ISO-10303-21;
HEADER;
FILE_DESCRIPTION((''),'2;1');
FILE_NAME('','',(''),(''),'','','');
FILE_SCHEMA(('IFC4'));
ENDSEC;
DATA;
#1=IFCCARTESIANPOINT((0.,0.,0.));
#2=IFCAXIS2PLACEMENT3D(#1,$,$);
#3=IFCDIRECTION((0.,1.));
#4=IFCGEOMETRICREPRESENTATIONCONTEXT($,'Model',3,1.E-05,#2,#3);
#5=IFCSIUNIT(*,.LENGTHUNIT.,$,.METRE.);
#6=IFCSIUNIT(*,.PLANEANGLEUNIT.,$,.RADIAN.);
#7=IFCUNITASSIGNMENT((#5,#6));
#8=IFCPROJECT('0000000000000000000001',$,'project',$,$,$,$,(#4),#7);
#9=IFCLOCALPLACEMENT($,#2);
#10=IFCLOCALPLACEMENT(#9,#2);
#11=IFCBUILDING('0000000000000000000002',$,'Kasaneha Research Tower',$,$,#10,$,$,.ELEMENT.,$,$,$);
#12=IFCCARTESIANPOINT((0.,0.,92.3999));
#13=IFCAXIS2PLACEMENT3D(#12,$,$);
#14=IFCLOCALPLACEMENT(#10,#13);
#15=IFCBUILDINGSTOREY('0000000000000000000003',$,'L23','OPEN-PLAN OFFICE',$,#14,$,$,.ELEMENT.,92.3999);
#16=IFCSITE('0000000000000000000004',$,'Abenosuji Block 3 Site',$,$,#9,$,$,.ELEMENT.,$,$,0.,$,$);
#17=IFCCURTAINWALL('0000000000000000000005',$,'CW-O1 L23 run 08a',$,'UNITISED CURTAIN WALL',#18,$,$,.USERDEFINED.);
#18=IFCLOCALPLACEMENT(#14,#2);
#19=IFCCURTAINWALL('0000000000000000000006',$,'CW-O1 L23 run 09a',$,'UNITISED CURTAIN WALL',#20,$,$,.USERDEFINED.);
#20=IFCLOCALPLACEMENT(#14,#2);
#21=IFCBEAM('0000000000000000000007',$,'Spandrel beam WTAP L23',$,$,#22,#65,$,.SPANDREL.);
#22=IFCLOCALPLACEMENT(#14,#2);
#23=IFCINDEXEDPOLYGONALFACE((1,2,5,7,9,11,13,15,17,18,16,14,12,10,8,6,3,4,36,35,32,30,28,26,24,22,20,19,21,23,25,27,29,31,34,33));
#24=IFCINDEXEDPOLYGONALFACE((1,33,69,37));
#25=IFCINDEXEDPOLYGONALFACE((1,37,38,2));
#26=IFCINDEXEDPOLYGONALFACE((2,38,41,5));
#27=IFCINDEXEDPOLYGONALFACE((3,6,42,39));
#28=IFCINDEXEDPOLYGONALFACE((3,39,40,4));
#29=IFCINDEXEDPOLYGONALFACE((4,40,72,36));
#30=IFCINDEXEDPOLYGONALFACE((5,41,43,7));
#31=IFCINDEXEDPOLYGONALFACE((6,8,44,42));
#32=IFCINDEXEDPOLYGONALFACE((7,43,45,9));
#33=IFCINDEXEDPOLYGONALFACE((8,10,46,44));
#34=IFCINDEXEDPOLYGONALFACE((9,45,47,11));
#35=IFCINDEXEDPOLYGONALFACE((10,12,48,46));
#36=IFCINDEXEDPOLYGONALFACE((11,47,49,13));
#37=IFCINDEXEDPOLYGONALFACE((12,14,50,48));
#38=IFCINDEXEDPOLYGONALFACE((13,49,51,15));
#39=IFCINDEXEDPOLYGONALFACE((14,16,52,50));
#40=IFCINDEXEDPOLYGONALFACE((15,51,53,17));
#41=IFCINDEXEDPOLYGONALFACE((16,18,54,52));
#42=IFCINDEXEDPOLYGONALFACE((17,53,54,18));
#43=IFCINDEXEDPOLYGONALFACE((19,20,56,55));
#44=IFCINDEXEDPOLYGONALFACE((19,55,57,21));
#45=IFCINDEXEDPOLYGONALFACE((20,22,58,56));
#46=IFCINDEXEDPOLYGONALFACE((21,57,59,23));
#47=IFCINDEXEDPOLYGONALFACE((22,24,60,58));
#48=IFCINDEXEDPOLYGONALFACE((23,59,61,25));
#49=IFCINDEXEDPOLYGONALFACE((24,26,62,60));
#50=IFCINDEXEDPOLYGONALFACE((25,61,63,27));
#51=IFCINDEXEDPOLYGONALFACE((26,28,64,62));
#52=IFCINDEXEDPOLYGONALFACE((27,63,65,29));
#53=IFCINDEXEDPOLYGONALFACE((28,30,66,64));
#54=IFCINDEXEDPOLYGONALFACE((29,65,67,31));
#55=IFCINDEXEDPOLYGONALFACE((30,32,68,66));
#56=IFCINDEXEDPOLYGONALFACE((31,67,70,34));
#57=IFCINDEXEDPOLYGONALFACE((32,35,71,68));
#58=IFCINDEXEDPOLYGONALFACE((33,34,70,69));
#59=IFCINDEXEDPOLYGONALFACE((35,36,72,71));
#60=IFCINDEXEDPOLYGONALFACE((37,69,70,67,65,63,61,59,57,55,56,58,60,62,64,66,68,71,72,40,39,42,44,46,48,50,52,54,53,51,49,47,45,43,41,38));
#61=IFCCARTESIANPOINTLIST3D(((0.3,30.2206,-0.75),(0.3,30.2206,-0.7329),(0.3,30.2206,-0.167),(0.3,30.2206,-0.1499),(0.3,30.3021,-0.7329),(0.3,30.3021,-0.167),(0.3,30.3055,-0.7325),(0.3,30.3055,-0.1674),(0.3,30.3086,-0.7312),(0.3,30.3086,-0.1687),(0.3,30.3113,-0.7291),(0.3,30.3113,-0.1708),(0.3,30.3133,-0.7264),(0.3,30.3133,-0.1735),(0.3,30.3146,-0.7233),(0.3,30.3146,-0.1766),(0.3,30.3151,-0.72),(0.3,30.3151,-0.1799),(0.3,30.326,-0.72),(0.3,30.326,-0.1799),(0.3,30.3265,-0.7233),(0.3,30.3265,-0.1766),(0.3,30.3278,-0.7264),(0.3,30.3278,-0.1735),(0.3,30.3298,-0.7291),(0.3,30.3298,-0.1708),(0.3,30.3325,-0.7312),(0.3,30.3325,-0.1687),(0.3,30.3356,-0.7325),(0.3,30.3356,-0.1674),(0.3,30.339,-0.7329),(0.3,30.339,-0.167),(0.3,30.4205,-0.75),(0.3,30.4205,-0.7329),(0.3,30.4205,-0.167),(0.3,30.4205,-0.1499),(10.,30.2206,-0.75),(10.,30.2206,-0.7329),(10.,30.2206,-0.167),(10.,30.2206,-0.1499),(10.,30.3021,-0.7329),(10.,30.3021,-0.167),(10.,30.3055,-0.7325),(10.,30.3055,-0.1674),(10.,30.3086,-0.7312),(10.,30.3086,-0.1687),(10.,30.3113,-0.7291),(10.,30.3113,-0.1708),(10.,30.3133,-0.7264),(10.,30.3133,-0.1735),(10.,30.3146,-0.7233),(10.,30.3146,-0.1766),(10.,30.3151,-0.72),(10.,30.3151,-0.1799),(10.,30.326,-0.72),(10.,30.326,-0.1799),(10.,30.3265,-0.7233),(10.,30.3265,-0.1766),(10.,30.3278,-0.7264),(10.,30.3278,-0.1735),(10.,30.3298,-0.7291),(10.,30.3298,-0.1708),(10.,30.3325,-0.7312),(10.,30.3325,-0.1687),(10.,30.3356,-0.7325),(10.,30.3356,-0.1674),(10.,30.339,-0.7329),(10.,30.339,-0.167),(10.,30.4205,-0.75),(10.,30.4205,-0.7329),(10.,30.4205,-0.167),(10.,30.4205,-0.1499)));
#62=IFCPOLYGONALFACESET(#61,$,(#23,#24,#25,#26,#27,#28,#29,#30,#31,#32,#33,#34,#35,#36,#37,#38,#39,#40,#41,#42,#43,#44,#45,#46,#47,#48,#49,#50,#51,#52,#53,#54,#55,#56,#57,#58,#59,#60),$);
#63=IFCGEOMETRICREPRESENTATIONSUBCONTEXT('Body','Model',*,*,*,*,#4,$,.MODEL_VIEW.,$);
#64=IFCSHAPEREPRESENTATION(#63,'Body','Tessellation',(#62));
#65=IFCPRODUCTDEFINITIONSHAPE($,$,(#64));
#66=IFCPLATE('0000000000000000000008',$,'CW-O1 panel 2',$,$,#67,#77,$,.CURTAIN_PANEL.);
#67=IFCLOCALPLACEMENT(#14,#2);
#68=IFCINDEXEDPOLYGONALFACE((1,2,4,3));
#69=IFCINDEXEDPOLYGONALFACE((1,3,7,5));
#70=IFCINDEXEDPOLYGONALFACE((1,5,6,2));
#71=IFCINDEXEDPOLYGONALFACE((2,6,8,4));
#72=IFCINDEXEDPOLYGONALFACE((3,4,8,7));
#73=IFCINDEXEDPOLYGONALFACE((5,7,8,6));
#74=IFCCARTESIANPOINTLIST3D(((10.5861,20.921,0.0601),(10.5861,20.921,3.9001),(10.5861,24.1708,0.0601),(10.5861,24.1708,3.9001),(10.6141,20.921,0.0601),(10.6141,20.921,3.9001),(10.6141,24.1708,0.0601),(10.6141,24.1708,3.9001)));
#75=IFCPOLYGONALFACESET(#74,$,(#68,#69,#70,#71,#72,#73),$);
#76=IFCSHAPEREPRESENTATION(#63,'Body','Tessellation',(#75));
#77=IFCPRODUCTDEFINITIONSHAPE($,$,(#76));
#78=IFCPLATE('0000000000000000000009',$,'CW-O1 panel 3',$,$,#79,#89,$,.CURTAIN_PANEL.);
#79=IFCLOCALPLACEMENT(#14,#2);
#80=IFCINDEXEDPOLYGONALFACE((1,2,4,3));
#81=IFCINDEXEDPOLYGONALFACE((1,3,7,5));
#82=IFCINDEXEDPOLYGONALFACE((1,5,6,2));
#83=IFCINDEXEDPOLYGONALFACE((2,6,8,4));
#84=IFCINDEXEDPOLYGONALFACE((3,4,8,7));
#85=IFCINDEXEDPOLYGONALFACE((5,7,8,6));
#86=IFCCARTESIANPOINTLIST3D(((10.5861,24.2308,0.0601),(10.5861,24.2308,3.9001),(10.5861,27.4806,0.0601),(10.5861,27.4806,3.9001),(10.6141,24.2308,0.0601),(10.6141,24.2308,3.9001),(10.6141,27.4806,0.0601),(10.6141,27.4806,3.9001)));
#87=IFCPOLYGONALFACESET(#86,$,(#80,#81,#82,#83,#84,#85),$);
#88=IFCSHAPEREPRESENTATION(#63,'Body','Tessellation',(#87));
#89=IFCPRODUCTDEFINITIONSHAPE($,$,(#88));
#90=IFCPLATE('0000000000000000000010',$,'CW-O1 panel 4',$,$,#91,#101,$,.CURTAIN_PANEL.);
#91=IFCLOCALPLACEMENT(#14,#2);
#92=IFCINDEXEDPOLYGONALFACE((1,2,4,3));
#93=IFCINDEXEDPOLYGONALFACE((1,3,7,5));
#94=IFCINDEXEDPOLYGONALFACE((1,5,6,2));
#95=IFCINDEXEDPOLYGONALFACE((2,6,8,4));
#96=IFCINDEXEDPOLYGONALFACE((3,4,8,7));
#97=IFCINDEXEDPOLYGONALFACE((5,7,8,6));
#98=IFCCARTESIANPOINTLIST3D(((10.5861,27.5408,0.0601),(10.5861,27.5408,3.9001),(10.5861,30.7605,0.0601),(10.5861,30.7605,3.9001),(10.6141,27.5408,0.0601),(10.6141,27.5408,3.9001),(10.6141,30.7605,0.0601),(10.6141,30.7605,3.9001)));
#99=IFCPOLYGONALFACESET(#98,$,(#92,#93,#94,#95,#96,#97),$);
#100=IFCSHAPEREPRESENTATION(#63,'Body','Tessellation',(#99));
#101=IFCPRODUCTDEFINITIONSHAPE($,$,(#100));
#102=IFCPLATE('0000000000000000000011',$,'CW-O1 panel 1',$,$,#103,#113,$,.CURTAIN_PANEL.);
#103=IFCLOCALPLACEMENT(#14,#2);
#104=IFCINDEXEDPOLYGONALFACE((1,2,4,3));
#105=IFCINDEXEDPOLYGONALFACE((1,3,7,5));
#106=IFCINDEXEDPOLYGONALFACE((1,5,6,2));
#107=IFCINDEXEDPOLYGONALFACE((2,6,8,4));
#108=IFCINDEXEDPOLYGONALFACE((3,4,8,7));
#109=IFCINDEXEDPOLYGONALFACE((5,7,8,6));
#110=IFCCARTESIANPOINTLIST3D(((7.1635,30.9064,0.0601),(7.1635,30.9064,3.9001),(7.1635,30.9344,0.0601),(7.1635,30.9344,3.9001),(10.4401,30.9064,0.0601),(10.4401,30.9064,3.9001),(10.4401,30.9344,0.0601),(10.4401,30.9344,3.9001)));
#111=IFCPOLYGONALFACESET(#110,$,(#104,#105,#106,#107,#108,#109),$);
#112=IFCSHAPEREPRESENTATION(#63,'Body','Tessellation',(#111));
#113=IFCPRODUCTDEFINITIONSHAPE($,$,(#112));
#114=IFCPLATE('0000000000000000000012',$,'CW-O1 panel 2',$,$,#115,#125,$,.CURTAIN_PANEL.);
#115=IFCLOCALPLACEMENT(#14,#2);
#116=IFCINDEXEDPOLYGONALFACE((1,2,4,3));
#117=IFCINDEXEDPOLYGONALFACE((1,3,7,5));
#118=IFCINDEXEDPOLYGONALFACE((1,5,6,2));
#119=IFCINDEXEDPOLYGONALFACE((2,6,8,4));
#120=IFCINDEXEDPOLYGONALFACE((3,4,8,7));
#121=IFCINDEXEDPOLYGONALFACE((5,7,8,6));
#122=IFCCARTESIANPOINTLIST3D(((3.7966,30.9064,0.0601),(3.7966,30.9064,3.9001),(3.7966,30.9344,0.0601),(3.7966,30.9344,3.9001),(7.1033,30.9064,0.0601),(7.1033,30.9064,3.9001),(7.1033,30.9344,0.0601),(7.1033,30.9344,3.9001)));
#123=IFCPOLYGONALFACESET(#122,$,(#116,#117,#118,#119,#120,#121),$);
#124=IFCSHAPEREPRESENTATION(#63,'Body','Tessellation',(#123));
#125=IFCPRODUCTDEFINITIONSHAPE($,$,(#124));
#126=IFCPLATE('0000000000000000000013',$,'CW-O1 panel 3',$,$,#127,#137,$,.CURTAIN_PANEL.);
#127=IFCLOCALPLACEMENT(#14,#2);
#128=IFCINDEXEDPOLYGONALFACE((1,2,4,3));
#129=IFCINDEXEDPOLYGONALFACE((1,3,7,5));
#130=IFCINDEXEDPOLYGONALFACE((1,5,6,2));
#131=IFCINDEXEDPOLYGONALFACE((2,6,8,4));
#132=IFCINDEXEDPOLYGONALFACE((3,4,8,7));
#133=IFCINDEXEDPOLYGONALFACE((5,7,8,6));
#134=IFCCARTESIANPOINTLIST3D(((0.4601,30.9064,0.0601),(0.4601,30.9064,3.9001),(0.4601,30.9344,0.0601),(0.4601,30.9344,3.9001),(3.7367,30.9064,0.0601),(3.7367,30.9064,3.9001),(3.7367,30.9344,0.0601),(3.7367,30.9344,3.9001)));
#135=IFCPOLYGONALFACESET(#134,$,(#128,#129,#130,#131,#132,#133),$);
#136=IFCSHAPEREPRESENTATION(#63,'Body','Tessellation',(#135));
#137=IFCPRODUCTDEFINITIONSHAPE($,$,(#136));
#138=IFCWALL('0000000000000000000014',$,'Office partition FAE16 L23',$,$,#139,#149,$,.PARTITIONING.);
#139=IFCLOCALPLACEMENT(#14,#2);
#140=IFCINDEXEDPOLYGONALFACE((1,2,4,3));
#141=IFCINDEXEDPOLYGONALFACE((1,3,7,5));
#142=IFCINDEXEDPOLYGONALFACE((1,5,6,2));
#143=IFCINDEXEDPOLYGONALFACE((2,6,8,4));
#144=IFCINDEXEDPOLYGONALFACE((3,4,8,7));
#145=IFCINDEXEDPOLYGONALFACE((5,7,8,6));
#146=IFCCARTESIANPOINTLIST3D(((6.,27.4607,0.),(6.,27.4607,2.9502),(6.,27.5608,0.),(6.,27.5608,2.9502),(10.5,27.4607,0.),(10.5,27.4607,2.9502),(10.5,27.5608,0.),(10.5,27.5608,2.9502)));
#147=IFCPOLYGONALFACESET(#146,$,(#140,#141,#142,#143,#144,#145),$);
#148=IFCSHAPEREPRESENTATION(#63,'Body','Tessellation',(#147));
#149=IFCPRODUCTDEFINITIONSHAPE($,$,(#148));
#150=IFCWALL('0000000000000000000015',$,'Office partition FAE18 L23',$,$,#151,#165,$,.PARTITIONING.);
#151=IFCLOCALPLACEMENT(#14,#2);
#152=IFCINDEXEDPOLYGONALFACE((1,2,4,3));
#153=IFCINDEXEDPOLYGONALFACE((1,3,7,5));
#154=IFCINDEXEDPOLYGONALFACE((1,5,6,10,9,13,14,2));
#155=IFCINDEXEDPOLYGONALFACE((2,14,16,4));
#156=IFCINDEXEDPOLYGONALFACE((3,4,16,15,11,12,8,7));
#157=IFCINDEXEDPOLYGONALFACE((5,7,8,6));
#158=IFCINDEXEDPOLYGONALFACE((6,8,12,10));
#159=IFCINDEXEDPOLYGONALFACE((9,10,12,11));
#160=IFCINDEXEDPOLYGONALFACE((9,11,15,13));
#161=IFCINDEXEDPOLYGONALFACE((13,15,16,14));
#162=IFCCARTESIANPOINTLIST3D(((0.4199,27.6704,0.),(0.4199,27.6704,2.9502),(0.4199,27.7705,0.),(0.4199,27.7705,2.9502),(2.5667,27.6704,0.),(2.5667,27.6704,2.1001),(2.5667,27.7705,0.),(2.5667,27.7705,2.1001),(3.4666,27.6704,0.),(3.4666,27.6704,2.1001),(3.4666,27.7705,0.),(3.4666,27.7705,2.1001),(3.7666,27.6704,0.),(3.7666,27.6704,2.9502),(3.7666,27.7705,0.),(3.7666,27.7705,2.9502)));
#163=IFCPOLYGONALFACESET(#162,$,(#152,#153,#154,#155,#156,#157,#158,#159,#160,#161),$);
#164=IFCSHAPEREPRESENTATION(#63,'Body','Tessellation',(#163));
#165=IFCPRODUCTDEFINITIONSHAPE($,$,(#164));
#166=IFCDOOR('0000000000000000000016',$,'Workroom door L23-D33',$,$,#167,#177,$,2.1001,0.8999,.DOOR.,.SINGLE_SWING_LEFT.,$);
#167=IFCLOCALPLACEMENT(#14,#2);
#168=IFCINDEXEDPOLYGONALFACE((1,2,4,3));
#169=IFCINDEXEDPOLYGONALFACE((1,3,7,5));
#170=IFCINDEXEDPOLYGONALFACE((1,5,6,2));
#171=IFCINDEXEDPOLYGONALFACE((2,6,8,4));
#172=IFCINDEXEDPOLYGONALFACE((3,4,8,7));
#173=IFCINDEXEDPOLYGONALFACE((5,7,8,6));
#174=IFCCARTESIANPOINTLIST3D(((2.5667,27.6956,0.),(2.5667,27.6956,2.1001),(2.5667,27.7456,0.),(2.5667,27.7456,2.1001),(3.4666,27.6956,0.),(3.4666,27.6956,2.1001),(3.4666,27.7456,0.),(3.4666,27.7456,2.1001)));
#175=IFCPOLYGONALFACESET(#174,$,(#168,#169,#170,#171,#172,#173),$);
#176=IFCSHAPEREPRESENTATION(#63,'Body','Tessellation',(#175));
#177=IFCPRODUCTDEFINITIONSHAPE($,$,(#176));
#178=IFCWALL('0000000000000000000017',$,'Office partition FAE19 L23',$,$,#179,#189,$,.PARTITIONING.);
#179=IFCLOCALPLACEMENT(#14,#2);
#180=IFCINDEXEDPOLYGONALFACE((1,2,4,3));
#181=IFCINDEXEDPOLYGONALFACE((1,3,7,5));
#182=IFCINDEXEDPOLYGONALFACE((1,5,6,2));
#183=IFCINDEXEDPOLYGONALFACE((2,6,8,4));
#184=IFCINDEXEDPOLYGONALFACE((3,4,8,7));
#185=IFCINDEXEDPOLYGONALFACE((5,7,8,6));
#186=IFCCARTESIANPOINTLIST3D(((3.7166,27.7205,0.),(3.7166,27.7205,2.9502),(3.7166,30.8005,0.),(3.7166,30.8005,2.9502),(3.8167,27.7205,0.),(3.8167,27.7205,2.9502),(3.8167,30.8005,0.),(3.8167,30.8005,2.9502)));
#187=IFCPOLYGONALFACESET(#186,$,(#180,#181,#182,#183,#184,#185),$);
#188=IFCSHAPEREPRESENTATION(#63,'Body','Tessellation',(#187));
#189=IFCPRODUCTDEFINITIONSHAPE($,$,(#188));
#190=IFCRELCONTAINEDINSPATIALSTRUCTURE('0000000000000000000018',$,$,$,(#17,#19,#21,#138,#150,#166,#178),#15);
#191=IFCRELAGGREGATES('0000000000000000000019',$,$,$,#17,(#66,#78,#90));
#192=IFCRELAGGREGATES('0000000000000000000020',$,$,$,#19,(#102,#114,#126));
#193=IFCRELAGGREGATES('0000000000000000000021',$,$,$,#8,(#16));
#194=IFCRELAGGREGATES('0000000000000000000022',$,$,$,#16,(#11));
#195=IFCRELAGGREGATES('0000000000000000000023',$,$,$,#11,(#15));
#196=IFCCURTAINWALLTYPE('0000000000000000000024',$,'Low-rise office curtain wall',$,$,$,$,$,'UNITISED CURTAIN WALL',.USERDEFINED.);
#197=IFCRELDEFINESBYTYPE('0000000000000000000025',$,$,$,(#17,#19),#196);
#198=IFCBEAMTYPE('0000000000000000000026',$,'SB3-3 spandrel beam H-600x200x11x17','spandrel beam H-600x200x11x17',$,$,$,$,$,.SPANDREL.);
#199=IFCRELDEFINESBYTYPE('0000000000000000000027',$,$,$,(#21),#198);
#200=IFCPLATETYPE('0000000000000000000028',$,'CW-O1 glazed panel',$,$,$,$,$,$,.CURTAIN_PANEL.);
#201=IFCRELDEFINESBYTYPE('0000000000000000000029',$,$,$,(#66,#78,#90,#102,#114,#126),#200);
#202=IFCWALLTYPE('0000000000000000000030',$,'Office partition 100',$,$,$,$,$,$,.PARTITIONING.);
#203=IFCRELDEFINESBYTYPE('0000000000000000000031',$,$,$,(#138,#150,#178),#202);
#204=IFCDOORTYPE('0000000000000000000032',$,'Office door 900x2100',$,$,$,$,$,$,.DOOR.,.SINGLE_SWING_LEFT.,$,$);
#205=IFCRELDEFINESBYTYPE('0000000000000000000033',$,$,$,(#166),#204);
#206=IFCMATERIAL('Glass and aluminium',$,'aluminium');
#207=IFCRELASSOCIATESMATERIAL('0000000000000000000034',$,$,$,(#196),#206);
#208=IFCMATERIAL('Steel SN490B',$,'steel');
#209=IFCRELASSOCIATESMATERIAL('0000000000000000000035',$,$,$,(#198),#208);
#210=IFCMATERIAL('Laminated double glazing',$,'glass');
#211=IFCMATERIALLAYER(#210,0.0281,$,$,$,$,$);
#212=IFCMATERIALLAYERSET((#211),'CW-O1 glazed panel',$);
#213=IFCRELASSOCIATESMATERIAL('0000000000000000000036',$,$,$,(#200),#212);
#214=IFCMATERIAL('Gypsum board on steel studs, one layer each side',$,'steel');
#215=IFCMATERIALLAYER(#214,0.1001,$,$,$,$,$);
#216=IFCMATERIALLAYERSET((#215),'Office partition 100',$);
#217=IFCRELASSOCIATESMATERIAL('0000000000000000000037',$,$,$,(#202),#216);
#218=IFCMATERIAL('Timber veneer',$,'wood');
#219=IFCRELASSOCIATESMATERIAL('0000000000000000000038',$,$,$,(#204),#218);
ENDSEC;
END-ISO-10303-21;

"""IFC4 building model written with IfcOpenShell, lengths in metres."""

from ifc_helpers import new_model, si_unit, direction, frame, frame_2d, origin, origin_2d, place, context, subcontext, project, spatial, rectangle, i_section, extrude, material, layer, layer_set, material_profile, profile_set, type_object, element, fill, aggregate, save


model = new_model("IFC4")

# Units and contexts
model_context = context("Model", 3, precision=1e-05, world=origin(), true_north=direction((0.0, 1.0)))
body_context = subcontext(model_context, "Body", "Model", "MODEL_VIEW")
ifc_project = project(units=[si_unit("LENGTHUNIT", "METRE"), si_unit("PLANEANGLEUNIT", "RADIAN")], contexts=[model_context])

# Site, building, storey
site_placement = place(None, origin())
site = spatial("IfcSite", under=ifc_project, at=site_placement, Name="Abenosuji Block 3 Site", CompositionType="ELEMENT", RefElevation=0.0)
building_placement = place(site_placement, origin())
building = spatial("IfcBuilding", under=site, at=building_placement, Name="Kasaneha Research Tower", CompositionType="ELEMENT")
storey_placement = place(building_placement, frame((0.0, 0.0, 92.3999)))
storey = spatial("IfcBuildingStorey", under=building, at=storey_placement, Name="L23", Description="OPEN-PLAN OFFICE", CompositionType="ELEMENT", Elevation=92.3999)

# Curtain walls
ifc_material_1 = material(Name="Glass and aluminium", Category="aluminium")
curtain_wall_type = type_object("IfcCurtainWallType", Name="Low-rise office curtain wall", ElementType="UNITISED CURTAIN WALL", PredefinedType="USERDEFINED", material=ifc_material_1)
curtain_wall_1_placement = place(storey_placement, origin())
curtain_wall_1 = element("IfcCurtainWall", 1, at=curtain_wall_1_placement, inside=storey, type_object=curtain_wall_type, Name="CW-O1 L23 run 08a", ObjectType="UNITISED CURTAIN WALL", PredefinedType="USERDEFINED")
curtain_wall_2_placement = place(storey_placement, origin())
curtain_wall_2 = element("IfcCurtainWall", 2, at=curtain_wall_2_placement, inside=storey, type_object=curtain_wall_type, Name="CW-O1 L23 run 09a", ObjectType="UNITISED CURTAIN WALL", PredefinedType="USERDEFINED")

# Beam
ifc_material_2 = material(Name="Steel SN490B", Category="steel")
ifc_material_profile_1 = material_profile(ifc_material_2, i_section(OverallWidth=0.2, OverallDepth=0.6001, WebThickness=0.011, FlangeThickness=0.0171, FilletRadius=0.0129, at=origin_2d()), Name="H-600x200x11x17")
ifc_profile_set_1 = profile_set([ifc_material_profile_1], Name="Steel SN490B")
beam_type_1 = type_object("IfcBeamType", Name="SB3-3 spandrel beam H-600x200x11x17", Description="spandrel beam H-600x200x11x17", PredefinedType="SPANDREL", material=ifc_profile_set_1)
beam_1_placement = place(storey_placement, frame((10.0, 30.3206, -0.45), z_axis=(-1.0, 0.0, 0.0), x_axis=(0.0, -1.0, 0.0)))
element("IfcBeam", 3, at=beam_1_placement, inside=storey, type_object=beam_type_1, Name="Spandrel beam WTAP L23", PredefinedType="SPANDREL", context=body_context, shape_type="SweptSolid", body=[
    extrude(i_section(OverallWidth=0.2, OverallDepth=0.6001, WebThickness=0.011, FlangeThickness=0.0171, FilletRadius=0.0129, at=origin_2d()), origin(), (0.0, 0.0, 1.0), 9.7),
])

# Plates
ifc_material_3 = material(Name="Laminated double glazing", Category="glass")
ifc_layer_1 = layer(ifc_material_3, 0.0281)
ifc_layer_set_1 = layer_set([ifc_layer_1], Name="CW-O1 glazed panel")
plate_type = type_object("IfcPlateType", Name="CW-O1 glazed panel", PredefinedType="CURTAIN_PANEL", material=ifc_layer_set_1)
plate_1_placement = place(storey_placement, frame((10.6001, 22.5459, 0.0601), z_axis=(0.0, 0.0, 1.0), x_axis=(0.0, 1.0, 0.0)))
plate_1 = element("IfcPlate", 4, at=plate_1_placement, type_object=plate_type, Name="CW-O1 panel 2", PredefinedType="CURTAIN_PANEL", context=body_context, shape_type="SweptSolid", body=[
    extrude(rectangle(XDim=3.2498, YDim=0.0281, at=origin_2d()), origin(), (0.0, 0.0, 1.0), 3.8401),
])
plate_2_placement = place(storey_placement, frame((10.6001, 25.8557, 0.0601), z_axis=(0.0, 0.0, 1.0), x_axis=(0.0, 1.0, 0.0)))
plate_2 = element("IfcPlate", 5, at=plate_2_placement, type_object=plate_type, Name="CW-O1 panel 3", PredefinedType="CURTAIN_PANEL", context=body_context, shape_type="SweptSolid", body=[
    extrude(rectangle(XDim=3.2498, YDim=0.0281, at=origin_2d()), origin(), (0.0, 0.0, 1.0), 3.8401),
])
plate_3_placement = place(storey_placement, frame((10.6001, 29.1506, 0.0601), z_axis=(0.0, 0.0, 1.0), x_axis=(0.0, 1.0, 0.0)))
plate_3 = element("IfcPlate", 6, at=plate_3_placement, type_object=plate_type, Name="CW-O1 panel 4", PredefinedType="CURTAIN_PANEL", context=body_context, shape_type="SweptSolid", body=[
    extrude(rectangle(XDim=3.2197, YDim=0.0281, at=origin_2d()), origin(), (0.0, 0.0, 1.0), 3.8401),
])
aggregate(curtain_wall_1, [plate_1, plate_2, plate_3])
plate_4_placement = place(storey_placement, frame((8.8018, 30.9204, 0.0601), z_axis=(0.0, 0.0, 1.0), x_axis=(-1.0, 0.0, 0.0)))
plate_4 = element("IfcPlate", 7, at=plate_4_placement, type_object=plate_type, Name="CW-O1 panel 1", PredefinedType="CURTAIN_PANEL", context=body_context, shape_type="SweptSolid", body=[
    extrude(rectangle(XDim=3.2766, YDim=0.0281, at=origin_2d()), origin(), (0.0, 0.0, 1.0), 3.8401),
])
plate_5_placement = place(storey_placement, frame((5.45, 30.9204, 0.0601), z_axis=(0.0, 0.0, 1.0), x_axis=(-1.0, 0.0, 0.0)))
plate_5 = element("IfcPlate", 8, at=plate_5_placement, type_object=plate_type, Name="CW-O1 panel 2", PredefinedType="CURTAIN_PANEL", context=body_context, shape_type="SweptSolid", body=[
    extrude(rectangle(XDim=3.3066, YDim=0.0281, at=origin_2d()), origin(), (0.0, 0.0, 1.0), 3.8401),
])
plate_6_placement = place(storey_placement, frame((2.0984, 30.9204, 0.0601), z_axis=(0.0, 0.0, 1.0), x_axis=(-1.0, 0.0, 0.0)))
plate_6 = element("IfcPlate", 9, at=plate_6_placement, type_object=plate_type, Name="CW-O1 panel 3", PredefinedType="CURTAIN_PANEL", context=body_context, shape_type="SweptSolid", body=[
    extrude(rectangle(XDim=3.2766, YDim=0.0281, at=origin_2d()), origin(), (0.0, 0.0, 1.0), 3.8401),
])
aggregate(curtain_wall_2, [plate_4, plate_5, plate_6])

# Wall
ifc_material_4 = material(Name="Gypsum board on steel studs, one layer each side", Category="steel")
ifc_layer_2 = layer(ifc_material_4, 0.1001)
ifc_layer_set_2 = layer_set([ifc_layer_2], Name="Office partition 100")
wall_type = type_object("IfcWallType", Name="Office partition 100", PredefinedType="PARTITIONING", material=ifc_layer_set_2)
wall_1_placement = place(storey_placement, frame((6.0, 27.5107, 0.0), z_axis=(0.0, 0.0, 1.0), x_axis=(1.0, 0.0, 0.0)))
element("IfcWall", 10, at=wall_1_placement, inside=storey, type_object=wall_type, Name="Office partition FAE16 L23", PredefinedType="PARTITIONING", context=body_context, shape_type="SweptSolid", body=[
    extrude(rectangle(XDim=4.5, YDim=0.1001, at=frame_2d((2.25, 0.0))), origin(), (0.0, 0.0, 1.0), 2.9502),
])

# Wall, opening, door
wall_2_placement = place(storey_placement, frame((3.7666, 27.7205, 0.0), z_axis=(0.0, 0.0, 1.0), x_axis=(-1.0, 0.0, 0.0)))
wall_2 = element("IfcWall", 11, at=wall_2_placement, inside=storey, type_object=wall_type, Name="Office partition FAE18 L23", PredefinedType="PARTITIONING", context=body_context, shape_type="SweptSolid", body=[
    extrude(rectangle(XDim=3.3467, YDim=0.1001, at=frame_2d((1.6733, 0.0))), origin(), (0.0, 0.0, 1.0), 2.9502),
])
opening_placement = place(wall_2_placement, frame((0.3, 0.0, 0.0)))
opening = element("IfcOpeningElement", 12, at=opening_placement, cuts=wall_2, PredefinedType="OPENING", context=body_context, shape_type="SweptSolid", body=[
    extrude(rectangle(XDim=0.8999, YDim=2.1001, at=frame_2d((0.45, 1.05))), frame((0.0, 0.0601, 0.0), z_axis=(0.0, -1.0, 0.0), x_axis=(1.0, 0.0, 0.0)), (0.0, 0.0, 1.0), 0.1201),
])
ifc_material_5 = material(Name="Timber veneer", Category="wood")
door_type = type_object("IfcDoorType", Name="Office door 900x2100", OperationType="SINGLE_SWING_LEFT", PredefinedType="DOOR", material=ifc_material_5)
door_placement = place(opening_placement, origin())
door = element("IfcDoor", 13, at=door_placement, inside=storey, type_object=door_type, Name="Workroom door L23-D33", OperationType="SINGLE_SWING_LEFT", OverallHeight=2.1001, OverallWidth=0.8999, PredefinedType="DOOR", context=body_context, shape_type="SweptSolid", body=[
    extrude(rectangle(XDim=0.8999, YDim=2.1001, at=frame_2d((0.45, 1.05))), frame((0.0, 0.0249, 0.0), z_axis=(0.0, -1.0, 0.0), x_axis=(1.0, 0.0, 0.0)), (0.0, 0.0, 1.0), 0.05),
])
fill(opening, door)

# Wall
wall_3_placement = place(storey_placement, frame((3.7666, 30.8005, 0.0), z_axis=(0.0, 0.0, 1.0), x_axis=(0.0, -1.0, 0.0)))
element("IfcWall", 14, at=wall_3_placement, inside=storey, type_object=wall_type, Name="Office partition FAE19 L23", PredefinedType="PARTITIONING", context=body_context, shape_type="SweptSolid", body=[
    extrude(rectangle(XDim=3.0801, YDim=0.1001, at=frame_2d((1.54, 0.0))), origin(), (0.0, 0.0, 1.0), 2.9502),
])

save(model, "model.ifc")
